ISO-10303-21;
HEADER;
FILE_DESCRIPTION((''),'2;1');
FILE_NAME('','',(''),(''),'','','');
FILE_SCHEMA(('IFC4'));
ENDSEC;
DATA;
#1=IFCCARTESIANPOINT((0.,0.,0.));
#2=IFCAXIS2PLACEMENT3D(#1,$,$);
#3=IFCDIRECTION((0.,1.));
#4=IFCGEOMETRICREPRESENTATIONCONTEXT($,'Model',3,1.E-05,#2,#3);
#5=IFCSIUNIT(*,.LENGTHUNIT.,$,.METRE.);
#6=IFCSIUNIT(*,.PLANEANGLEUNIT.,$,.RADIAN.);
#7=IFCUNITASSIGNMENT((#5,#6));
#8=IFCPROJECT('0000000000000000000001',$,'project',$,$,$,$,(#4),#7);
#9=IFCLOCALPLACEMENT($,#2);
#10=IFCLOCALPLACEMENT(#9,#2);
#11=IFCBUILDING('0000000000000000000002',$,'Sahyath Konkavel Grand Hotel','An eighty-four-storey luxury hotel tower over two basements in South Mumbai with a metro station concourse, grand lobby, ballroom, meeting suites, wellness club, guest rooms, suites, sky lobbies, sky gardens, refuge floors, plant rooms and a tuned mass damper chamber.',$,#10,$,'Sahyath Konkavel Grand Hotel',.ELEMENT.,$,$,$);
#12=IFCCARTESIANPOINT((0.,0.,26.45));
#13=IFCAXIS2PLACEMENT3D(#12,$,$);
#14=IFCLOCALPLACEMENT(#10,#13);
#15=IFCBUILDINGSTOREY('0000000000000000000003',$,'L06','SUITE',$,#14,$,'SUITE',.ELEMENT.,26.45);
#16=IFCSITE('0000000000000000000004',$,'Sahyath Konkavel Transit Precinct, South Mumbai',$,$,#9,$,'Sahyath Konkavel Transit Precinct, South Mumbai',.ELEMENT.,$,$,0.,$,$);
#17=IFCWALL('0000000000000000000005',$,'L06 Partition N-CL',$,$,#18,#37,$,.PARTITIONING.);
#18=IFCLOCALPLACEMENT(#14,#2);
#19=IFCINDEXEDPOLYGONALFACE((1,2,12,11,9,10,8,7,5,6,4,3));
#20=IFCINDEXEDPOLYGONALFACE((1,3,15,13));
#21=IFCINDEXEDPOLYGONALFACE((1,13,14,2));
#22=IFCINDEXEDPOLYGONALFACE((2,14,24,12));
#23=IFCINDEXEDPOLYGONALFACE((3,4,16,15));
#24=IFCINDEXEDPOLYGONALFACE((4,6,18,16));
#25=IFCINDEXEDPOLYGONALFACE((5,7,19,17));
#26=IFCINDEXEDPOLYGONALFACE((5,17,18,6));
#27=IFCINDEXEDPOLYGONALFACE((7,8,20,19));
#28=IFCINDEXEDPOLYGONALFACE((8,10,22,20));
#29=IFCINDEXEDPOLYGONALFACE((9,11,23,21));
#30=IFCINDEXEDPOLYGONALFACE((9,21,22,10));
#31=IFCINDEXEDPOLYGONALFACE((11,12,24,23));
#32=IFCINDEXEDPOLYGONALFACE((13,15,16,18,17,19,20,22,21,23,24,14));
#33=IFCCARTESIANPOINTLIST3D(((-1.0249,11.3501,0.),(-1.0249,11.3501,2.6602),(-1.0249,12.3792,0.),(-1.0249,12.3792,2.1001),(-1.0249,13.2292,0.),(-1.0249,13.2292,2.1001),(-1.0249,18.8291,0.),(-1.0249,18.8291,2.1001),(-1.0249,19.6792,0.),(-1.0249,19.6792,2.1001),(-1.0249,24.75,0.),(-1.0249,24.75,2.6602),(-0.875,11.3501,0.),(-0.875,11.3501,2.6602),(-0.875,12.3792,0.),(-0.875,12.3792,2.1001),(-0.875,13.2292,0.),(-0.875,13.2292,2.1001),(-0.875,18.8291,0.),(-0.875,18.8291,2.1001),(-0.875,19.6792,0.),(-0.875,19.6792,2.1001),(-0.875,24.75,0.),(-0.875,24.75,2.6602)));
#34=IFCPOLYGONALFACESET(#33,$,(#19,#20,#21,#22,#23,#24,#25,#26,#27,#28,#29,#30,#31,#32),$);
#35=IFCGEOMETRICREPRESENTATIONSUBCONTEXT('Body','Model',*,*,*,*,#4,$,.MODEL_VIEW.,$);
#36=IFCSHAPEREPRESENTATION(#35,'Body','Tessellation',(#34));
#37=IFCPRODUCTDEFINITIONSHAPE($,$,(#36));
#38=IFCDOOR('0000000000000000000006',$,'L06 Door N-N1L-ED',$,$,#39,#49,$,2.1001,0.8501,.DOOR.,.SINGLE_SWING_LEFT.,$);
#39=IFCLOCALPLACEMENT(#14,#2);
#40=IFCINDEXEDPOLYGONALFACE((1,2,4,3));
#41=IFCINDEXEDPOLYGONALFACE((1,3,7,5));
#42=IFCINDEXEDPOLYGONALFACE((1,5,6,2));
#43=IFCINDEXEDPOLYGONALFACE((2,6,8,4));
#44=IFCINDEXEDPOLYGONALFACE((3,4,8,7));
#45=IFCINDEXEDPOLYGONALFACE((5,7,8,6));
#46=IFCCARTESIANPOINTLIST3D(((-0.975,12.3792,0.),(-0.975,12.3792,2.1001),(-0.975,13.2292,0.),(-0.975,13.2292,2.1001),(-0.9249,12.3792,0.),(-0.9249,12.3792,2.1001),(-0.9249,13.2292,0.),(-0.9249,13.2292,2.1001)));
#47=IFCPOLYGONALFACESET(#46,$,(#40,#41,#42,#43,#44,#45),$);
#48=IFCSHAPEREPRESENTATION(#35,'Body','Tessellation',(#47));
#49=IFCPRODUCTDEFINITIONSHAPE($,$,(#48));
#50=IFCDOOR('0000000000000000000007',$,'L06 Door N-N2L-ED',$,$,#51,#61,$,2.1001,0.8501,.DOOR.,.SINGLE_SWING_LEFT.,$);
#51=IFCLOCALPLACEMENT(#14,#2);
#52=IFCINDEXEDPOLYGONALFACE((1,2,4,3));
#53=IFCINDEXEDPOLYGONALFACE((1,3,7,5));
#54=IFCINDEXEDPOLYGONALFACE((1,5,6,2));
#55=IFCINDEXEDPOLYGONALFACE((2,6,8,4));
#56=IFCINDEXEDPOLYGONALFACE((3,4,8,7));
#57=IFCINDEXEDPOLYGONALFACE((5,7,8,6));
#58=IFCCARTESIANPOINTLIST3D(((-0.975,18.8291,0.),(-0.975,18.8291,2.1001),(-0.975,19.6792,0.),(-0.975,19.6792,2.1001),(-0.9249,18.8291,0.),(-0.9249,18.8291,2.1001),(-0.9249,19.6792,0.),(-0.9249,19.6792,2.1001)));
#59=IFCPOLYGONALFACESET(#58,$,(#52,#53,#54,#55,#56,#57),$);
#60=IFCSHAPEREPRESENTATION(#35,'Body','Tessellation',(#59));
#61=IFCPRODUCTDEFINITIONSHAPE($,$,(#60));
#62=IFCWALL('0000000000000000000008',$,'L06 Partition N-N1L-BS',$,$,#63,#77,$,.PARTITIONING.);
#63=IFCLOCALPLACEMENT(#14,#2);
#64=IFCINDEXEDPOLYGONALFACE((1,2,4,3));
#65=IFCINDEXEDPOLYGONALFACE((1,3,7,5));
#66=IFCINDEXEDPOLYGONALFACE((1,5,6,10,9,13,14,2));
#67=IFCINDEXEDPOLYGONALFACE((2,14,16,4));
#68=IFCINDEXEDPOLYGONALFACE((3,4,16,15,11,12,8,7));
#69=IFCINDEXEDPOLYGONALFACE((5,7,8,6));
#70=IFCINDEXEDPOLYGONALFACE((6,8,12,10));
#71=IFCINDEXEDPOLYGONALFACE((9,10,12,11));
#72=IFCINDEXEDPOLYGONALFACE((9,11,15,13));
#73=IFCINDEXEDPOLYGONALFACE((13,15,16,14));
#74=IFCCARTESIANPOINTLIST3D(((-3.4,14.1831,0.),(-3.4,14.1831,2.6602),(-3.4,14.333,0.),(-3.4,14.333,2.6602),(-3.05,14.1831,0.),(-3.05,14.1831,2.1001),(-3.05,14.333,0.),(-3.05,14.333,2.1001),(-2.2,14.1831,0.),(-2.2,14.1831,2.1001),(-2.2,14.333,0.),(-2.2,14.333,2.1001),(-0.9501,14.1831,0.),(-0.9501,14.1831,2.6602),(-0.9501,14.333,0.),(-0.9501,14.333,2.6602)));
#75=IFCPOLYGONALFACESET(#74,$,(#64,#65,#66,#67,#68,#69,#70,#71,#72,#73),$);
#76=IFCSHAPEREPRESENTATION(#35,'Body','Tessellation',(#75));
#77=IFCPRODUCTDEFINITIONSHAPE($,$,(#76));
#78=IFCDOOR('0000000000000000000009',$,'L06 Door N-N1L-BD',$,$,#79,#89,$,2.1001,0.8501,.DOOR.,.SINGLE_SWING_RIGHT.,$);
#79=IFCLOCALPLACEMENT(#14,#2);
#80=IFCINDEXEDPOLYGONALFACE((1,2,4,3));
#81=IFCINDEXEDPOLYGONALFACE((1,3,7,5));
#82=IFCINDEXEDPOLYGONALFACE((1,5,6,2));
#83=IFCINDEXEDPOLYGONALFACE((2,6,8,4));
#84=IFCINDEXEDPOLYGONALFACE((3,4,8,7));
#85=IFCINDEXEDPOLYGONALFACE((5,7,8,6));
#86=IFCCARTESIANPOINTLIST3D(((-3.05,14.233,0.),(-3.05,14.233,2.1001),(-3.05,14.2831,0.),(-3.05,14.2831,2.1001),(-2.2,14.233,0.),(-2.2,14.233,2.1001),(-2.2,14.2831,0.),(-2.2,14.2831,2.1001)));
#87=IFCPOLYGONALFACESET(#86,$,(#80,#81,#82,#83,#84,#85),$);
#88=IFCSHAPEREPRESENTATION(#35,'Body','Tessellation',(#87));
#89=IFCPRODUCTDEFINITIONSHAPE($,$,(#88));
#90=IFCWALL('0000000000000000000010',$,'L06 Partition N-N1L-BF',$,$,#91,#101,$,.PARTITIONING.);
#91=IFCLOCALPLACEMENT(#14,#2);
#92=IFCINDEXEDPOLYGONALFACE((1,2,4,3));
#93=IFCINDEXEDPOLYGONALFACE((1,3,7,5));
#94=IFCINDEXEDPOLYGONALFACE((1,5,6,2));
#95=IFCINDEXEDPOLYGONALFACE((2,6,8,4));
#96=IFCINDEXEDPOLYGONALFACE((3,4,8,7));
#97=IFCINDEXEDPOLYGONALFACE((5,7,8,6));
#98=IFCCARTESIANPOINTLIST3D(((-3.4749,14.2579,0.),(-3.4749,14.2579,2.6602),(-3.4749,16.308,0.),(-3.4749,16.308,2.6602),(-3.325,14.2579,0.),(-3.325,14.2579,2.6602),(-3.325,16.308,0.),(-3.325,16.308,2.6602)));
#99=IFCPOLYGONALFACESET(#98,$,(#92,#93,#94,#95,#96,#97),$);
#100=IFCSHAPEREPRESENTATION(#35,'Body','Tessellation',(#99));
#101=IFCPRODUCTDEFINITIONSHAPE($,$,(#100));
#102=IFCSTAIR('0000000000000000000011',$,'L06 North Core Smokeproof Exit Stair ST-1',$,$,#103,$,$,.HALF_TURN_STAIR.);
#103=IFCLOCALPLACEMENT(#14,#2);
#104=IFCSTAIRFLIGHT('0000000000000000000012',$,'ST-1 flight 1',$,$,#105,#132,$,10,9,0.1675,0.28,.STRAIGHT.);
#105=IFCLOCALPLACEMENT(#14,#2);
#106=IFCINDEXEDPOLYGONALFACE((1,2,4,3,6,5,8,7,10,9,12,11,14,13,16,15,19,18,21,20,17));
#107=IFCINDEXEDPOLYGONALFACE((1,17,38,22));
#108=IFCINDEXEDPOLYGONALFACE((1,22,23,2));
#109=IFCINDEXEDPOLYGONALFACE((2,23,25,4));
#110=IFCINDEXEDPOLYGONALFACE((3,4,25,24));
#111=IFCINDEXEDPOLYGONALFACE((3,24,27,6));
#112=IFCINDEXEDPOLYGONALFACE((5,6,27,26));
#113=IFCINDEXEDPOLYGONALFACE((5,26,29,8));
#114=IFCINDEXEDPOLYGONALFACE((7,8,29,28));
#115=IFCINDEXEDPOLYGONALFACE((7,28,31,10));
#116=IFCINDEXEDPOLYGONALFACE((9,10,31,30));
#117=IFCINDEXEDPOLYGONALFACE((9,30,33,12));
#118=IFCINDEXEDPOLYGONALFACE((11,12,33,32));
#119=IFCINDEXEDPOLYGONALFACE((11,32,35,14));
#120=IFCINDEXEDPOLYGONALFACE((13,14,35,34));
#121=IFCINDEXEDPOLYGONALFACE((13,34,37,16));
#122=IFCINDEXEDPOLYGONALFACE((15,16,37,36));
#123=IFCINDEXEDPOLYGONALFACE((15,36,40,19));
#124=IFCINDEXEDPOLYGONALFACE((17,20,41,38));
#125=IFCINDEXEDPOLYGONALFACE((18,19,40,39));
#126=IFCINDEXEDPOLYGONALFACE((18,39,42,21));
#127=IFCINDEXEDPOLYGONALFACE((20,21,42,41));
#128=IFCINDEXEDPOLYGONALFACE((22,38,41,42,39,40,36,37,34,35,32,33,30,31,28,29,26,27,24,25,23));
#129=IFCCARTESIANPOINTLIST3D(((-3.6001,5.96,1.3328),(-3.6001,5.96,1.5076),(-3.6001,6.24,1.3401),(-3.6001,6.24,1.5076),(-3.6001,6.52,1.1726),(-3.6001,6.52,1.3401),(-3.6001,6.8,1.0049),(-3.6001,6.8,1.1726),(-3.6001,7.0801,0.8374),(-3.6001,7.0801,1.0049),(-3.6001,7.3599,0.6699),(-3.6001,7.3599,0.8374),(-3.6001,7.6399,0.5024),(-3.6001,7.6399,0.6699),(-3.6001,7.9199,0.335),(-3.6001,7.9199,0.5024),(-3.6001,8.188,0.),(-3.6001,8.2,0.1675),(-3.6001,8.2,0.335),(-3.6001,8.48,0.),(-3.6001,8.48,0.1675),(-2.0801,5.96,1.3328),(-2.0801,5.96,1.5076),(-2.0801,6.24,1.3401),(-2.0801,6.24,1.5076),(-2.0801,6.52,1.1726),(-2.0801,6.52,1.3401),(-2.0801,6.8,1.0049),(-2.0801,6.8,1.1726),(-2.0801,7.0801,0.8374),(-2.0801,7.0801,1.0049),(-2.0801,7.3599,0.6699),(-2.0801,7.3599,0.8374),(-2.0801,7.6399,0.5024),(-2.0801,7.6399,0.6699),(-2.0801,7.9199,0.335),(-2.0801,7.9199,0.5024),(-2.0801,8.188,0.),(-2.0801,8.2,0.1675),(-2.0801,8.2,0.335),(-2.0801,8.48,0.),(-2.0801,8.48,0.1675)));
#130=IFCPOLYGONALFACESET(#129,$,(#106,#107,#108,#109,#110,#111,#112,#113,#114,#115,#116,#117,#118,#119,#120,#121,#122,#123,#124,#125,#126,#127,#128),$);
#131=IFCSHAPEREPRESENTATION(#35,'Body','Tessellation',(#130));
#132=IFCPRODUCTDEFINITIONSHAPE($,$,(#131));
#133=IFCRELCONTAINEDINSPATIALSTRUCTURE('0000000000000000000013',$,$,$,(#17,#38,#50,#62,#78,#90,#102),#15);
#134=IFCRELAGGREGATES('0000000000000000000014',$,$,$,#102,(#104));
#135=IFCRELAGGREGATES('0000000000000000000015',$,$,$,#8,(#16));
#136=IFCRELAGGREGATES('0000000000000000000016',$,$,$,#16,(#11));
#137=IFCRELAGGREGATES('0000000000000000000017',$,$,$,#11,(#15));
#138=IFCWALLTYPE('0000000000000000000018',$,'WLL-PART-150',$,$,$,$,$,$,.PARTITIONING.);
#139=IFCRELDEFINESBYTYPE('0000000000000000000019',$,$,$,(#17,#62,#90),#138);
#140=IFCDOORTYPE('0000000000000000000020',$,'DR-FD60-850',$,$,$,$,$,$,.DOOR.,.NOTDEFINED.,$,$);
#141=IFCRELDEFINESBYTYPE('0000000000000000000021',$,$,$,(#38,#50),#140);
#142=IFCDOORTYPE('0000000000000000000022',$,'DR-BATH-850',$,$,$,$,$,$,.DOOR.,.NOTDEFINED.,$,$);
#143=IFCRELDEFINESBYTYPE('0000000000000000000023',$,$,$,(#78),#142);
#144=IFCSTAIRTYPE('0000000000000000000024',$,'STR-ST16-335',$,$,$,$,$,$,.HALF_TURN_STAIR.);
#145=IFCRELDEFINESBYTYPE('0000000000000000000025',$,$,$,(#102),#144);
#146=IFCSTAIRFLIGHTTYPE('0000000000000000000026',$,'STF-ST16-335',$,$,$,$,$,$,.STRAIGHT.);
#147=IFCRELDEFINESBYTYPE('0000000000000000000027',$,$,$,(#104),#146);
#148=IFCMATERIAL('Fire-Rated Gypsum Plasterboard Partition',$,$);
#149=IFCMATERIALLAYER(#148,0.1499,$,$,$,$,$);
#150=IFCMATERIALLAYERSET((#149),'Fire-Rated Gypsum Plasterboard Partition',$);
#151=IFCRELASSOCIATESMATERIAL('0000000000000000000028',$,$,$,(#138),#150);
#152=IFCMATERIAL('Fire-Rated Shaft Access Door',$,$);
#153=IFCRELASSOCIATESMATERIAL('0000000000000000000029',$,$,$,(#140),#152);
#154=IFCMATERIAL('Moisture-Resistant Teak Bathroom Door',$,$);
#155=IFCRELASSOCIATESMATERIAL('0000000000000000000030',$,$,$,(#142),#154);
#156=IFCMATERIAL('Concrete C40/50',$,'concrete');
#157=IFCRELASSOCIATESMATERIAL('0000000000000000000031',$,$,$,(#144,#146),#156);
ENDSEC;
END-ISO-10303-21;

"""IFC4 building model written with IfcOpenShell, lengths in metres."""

from ifc_helpers import new_model, si_unit, direction, frame, frame_2d, origin, origin_2d, place, context, subcontext, project, spatial, polyline, rectangle, outline, extrude, source, transform, mapped, material, layer, layer_set, type_object, element, fill, aggregate, save


model = new_model("IFC4")

# Units and contexts
model_context = context("Model", 3, precision=1e-05, world=origin(), true_north=direction((0.0, 1.0)))
body_context = subcontext(model_context, "Body", "Model", "MODEL_VIEW")
ifc_project = project(units=[si_unit("LENGTHUNIT", "METRE"), si_unit("PLANEANGLEUNIT", "RADIAN")], contexts=[model_context])

# Site, building, storey
site_placement = place(None, origin())
site = spatial("IfcSite", under=ifc_project, at=site_placement, Name="Sahyath Konkavel Transit Precinct, South Mumbai", LongName="Sahyath Konkavel Transit Precinct, South Mumbai", CompositionType="ELEMENT", RefElevation=0.0)
building_placement = place(site_placement, origin())
building = spatial("IfcBuilding", under=site, at=building_placement, Name="Sahyath Konkavel Grand Hotel", Description="An eighty-four-storey luxury hotel tower over two basements in South Mumbai with a metro station concourse, grand lobby, ballroom, meeting suites, wellness club, guest rooms, suites, sky lobbies, sky gardens, refuge floors, plant rooms and a tuned mass damper chamber.", LongName="Sahyath Konkavel Grand Hotel", CompositionType="ELEMENT")
storey_placement = place(building_placement, frame((0.0, 0.0, 26.45)))
storey = spatial("IfcBuildingStorey", under=building, at=storey_placement, Name="L06", Description="SUITE", LongName="SUITE", CompositionType="ELEMENT", Elevation=26.45)

# Wall, openings, doors
ifc_material_1 = material(Name="Fire-Rated Gypsum Plasterboard Partition")
ifc_layer_1 = layer(ifc_material_1, 0.1499)
ifc_layer_set_1 = layer_set([ifc_layer_1], Name="Fire-Rated Gypsum Plasterboard Partition")
wall_type_1 = type_object("IfcWallType", Name="WLL-PART-150", PredefinedType="PARTITIONING", material=ifc_layer_set_1)
wall_1_placement = place(storey_placement, frame((-0.95, 11.3501, 0.0), z_axis=(0.0, 0.0, 1.0), x_axis=(0.0, 1.0, 0.0)))
wall_1 = element("IfcWall", 1, at=wall_1_placement, inside=storey, type_object=wall_type_1, Name="L06 Partition N-CL", PredefinedType="PARTITIONING", context=body_context, shape_type="SweptSolid", body=[
    extrude(rectangle(XDim=13.3999, YDim=0.1499, at=frame_2d((6.7, 0.0))), origin(), (0.0, 0.0, 1.0), 2.6602),
])
opening_1_placement = place(wall_1_placement, frame((1.0291, 0.0, 0.0)))
opening_1 = element("IfcOpeningElement", 2, at=opening_1_placement, cuts=wall_1, PredefinedType="OPENING", context=body_context, shape_type="SweptSolid", body=[
    extrude(rectangle(XDim=0.8501, YDim=2.1001, at=frame_2d((0.425, 1.05))), frame((0.0, 0.085, 0.0), z_axis=(0.0, -1.0, 0.0), x_axis=(1.0, 0.0, 0.0)), (0.0, 0.0, 1.0), 0.1699),
])
opening_2_placement = place(wall_1_placement, frame((7.479, 0.0, 0.0)))
opening_2 = element("IfcOpeningElement", 3, at=opening_2_placement, cuts=wall_1, PredefinedType="OPENING", context=body_context, shape_type="SweptSolid", body=[
    extrude(rectangle(XDim=0.8501, YDim=2.1001, at=frame_2d((0.425, 1.05))), frame((0.0, 0.085, 0.0), z_axis=(0.0, -1.0, 0.0), x_axis=(1.0, 0.0, 0.0)), (0.0, 0.0, 1.0), 0.1699),
])
ifc_material_2 = material(Name="Fire-Rated Shaft Access Door")
door_type_1 = type_object("IfcDoorType", Name="DR-FD60-850", OperationType="NOTDEFINED", PredefinedType="DOOR", material=ifc_material_2)
shared_shape_1 = source(origin(), body_context, "Body", "SweptSolid", [
    extrude(rectangle(XDim=0.8501, YDim=0.05, at=origin_2d()), origin(), (0.0, 0.0, 1.0), 2.1001),
])
door_1_placement = place(opening_1_placement, frame((0.425, 0.0, 0.0)))
door_1 = element("IfcDoor", 4, at=door_1_placement, inside=storey, type_object=door_type_1, Name="L06 Door N-N1L-ED", OperationType="SINGLE_SWING_LEFT", OverallHeight=2.1001, OverallWidth=0.8501, PredefinedType="DOOR", context=body_context, shape_type="MappedRepresentation", body=[
    mapped(shared_shape_1, transform((0.0, 0.0, 0.0), scale=1.0)),
])
fill(opening_1, door_1)
door_2_placement = place(opening_2_placement, frame((0.425, 0.0, 0.0)))
door_2 = element("IfcDoor", 5, at=door_2_placement, inside=storey, type_object=door_type_1, Name="L06 Door N-N2L-ED", OperationType="SINGLE_SWING_LEFT", OverallHeight=2.1001, OverallWidth=0.8501, PredefinedType="DOOR", context=body_context, shape_type="MappedRepresentation", body=[
    mapped(shared_shape_1, transform((0.0, 0.0, 0.0), scale=1.0)),
])
fill(opening_2, door_2)

# Wall, opening, door
wall_2_placement = place(storey_placement, frame((-0.95, 14.2581, 0.0), z_axis=(0.0, 0.0, 1.0), x_axis=(-1.0, 0.0, 0.0)))
wall_2 = element("IfcWall", 6, at=wall_2_placement, inside=storey, type_object=wall_type_1, Name="L06 Partition N-N1L-BS", PredefinedType="PARTITIONING", context=body_context, shape_type="SweptSolid", body=[
    extrude(rectangle(XDim=2.45, YDim=0.1499, at=frame_2d((1.2251, 0.0))), origin(), (0.0, 0.0, 1.0), 2.6602),
])
opening_3_placement = place(wall_2_placement, frame((1.25, 0.0, 0.0)))
opening_3 = element("IfcOpeningElement", 7, at=opening_3_placement, cuts=wall_2, PredefinedType="OPENING", context=body_context, shape_type="SweptSolid", body=[
    extrude(rectangle(XDim=0.8501, YDim=2.1001, at=frame_2d((0.425, 1.05))), frame((0.0, 0.085, 0.0), z_axis=(0.0, -1.0, 0.0), x_axis=(1.0, 0.0, 0.0)), (0.0, 0.0, 1.0), 0.1699),
])
ifc_material_3 = material(Name="Moisture-Resistant Teak Bathroom Door")
door_type_2 = type_object("IfcDoorType", Name="DR-BATH-850", OperationType="NOTDEFINED", PredefinedType="DOOR", material=ifc_material_3)
door_3_placement = place(opening_3_placement, frame((0.425, 0.0, 0.0)))
door_3 = element("IfcDoor", 8, at=door_3_placement, inside=storey, type_object=door_type_2, Name="L06 Door N-N1L-BD", OperationType="SINGLE_SWING_RIGHT", OverallHeight=2.1001, OverallWidth=0.8501, PredefinedType="DOOR", context=body_context, shape_type="MappedRepresentation", body=[
    mapped(shared_shape_1, transform((0.0, 0.0, 0.0), scale=1.0)),
])
fill(opening_3, door_3)

# Wall
wall_3_placement = place(storey_placement, frame((-3.3999, 14.2581, 0.0), z_axis=(0.0, 0.0, 1.0), x_axis=(0.0, 1.0, 0.0)))
element("IfcWall", 9, at=wall_3_placement, inside=storey, type_object=wall_type_1, Name="L06 Partition N-N1L-BF", PredefinedType="PARTITIONING", context=body_context, shape_type="SweptSolid", body=[
    extrude(rectangle(XDim=2.05, YDim=0.1499, at=frame_2d((1.0249, 0.0))), origin(), (0.0, 0.0, 1.0), 2.6602),
])

# Stair, stair flight
ifc_material_4 = material(Name="Concrete C40/50", Category="concrete")
stair_type = type_object("IfcStairType", Name="STR-ST16-335", PredefinedType="HALF_TURN_STAIR", material=ifc_material_4)
stair_placement = place(storey_placement, origin())
stair = element("IfcStair", 10, at=stair_placement, inside=storey, type_object=stair_type, Name="L06 North Core Smokeproof Exit Stair ST-1", PredefinedType="HALF_TURN_STAIR")
stair_flight_type = type_object("IfcStairFlightType", Name="STF-ST16-335", PredefinedType="STRAIGHT", material=ifc_material_4)
stair_flight_placement = place(storey_placement, frame((-2.8401, 8.48, 0.0), z_axis=(0.0, 0.0, 1.0), x_axis=(0.0, -1.0, 0.0)))
stair_flight = element("IfcStairFlight", 11, at=stair_flight_placement, type_object=stair_flight_type, Name="ST-1 flight 1", NumberOfRisers=10, NumberOfTreads=9, PredefinedType="STRAIGHT", RiserHeight=0.1675, TreadLength=0.28, context=body_context, shape_type="SweptSolid", body=[
    extrude(outline(polyline([(0.0, 0.0), (0.0, 0.1675), (0.28, 0.1675), (0.28, 0.335), (0.5601, 0.335), (0.5601, 0.5024), (0.8401, 0.5024), (0.8401, 0.6699), (1.1201, 0.6699), (1.1201, 0.8374), (1.3999, 0.8374), (1.3999, 1.0049), (1.6799, 1.0049), (1.6799, 1.1726), (1.96, 1.1726), (1.96, 1.3401), (2.24, 1.3401), (2.24, 1.5076), (2.52, 1.5076), (2.52, 1.675), (2.52, 1.3328), (0.292, 0.0), (0.0, 0.0)])), frame((0.0, 0.76, 0.0), z_axis=(0.0, -1.0, 0.0), x_axis=(1.0, 0.0, 0.0)), (0.0, 0.0, 1.0), 1.52),
])
aggregate(stair, [stair_flight])

save(model, "model.ifc")
